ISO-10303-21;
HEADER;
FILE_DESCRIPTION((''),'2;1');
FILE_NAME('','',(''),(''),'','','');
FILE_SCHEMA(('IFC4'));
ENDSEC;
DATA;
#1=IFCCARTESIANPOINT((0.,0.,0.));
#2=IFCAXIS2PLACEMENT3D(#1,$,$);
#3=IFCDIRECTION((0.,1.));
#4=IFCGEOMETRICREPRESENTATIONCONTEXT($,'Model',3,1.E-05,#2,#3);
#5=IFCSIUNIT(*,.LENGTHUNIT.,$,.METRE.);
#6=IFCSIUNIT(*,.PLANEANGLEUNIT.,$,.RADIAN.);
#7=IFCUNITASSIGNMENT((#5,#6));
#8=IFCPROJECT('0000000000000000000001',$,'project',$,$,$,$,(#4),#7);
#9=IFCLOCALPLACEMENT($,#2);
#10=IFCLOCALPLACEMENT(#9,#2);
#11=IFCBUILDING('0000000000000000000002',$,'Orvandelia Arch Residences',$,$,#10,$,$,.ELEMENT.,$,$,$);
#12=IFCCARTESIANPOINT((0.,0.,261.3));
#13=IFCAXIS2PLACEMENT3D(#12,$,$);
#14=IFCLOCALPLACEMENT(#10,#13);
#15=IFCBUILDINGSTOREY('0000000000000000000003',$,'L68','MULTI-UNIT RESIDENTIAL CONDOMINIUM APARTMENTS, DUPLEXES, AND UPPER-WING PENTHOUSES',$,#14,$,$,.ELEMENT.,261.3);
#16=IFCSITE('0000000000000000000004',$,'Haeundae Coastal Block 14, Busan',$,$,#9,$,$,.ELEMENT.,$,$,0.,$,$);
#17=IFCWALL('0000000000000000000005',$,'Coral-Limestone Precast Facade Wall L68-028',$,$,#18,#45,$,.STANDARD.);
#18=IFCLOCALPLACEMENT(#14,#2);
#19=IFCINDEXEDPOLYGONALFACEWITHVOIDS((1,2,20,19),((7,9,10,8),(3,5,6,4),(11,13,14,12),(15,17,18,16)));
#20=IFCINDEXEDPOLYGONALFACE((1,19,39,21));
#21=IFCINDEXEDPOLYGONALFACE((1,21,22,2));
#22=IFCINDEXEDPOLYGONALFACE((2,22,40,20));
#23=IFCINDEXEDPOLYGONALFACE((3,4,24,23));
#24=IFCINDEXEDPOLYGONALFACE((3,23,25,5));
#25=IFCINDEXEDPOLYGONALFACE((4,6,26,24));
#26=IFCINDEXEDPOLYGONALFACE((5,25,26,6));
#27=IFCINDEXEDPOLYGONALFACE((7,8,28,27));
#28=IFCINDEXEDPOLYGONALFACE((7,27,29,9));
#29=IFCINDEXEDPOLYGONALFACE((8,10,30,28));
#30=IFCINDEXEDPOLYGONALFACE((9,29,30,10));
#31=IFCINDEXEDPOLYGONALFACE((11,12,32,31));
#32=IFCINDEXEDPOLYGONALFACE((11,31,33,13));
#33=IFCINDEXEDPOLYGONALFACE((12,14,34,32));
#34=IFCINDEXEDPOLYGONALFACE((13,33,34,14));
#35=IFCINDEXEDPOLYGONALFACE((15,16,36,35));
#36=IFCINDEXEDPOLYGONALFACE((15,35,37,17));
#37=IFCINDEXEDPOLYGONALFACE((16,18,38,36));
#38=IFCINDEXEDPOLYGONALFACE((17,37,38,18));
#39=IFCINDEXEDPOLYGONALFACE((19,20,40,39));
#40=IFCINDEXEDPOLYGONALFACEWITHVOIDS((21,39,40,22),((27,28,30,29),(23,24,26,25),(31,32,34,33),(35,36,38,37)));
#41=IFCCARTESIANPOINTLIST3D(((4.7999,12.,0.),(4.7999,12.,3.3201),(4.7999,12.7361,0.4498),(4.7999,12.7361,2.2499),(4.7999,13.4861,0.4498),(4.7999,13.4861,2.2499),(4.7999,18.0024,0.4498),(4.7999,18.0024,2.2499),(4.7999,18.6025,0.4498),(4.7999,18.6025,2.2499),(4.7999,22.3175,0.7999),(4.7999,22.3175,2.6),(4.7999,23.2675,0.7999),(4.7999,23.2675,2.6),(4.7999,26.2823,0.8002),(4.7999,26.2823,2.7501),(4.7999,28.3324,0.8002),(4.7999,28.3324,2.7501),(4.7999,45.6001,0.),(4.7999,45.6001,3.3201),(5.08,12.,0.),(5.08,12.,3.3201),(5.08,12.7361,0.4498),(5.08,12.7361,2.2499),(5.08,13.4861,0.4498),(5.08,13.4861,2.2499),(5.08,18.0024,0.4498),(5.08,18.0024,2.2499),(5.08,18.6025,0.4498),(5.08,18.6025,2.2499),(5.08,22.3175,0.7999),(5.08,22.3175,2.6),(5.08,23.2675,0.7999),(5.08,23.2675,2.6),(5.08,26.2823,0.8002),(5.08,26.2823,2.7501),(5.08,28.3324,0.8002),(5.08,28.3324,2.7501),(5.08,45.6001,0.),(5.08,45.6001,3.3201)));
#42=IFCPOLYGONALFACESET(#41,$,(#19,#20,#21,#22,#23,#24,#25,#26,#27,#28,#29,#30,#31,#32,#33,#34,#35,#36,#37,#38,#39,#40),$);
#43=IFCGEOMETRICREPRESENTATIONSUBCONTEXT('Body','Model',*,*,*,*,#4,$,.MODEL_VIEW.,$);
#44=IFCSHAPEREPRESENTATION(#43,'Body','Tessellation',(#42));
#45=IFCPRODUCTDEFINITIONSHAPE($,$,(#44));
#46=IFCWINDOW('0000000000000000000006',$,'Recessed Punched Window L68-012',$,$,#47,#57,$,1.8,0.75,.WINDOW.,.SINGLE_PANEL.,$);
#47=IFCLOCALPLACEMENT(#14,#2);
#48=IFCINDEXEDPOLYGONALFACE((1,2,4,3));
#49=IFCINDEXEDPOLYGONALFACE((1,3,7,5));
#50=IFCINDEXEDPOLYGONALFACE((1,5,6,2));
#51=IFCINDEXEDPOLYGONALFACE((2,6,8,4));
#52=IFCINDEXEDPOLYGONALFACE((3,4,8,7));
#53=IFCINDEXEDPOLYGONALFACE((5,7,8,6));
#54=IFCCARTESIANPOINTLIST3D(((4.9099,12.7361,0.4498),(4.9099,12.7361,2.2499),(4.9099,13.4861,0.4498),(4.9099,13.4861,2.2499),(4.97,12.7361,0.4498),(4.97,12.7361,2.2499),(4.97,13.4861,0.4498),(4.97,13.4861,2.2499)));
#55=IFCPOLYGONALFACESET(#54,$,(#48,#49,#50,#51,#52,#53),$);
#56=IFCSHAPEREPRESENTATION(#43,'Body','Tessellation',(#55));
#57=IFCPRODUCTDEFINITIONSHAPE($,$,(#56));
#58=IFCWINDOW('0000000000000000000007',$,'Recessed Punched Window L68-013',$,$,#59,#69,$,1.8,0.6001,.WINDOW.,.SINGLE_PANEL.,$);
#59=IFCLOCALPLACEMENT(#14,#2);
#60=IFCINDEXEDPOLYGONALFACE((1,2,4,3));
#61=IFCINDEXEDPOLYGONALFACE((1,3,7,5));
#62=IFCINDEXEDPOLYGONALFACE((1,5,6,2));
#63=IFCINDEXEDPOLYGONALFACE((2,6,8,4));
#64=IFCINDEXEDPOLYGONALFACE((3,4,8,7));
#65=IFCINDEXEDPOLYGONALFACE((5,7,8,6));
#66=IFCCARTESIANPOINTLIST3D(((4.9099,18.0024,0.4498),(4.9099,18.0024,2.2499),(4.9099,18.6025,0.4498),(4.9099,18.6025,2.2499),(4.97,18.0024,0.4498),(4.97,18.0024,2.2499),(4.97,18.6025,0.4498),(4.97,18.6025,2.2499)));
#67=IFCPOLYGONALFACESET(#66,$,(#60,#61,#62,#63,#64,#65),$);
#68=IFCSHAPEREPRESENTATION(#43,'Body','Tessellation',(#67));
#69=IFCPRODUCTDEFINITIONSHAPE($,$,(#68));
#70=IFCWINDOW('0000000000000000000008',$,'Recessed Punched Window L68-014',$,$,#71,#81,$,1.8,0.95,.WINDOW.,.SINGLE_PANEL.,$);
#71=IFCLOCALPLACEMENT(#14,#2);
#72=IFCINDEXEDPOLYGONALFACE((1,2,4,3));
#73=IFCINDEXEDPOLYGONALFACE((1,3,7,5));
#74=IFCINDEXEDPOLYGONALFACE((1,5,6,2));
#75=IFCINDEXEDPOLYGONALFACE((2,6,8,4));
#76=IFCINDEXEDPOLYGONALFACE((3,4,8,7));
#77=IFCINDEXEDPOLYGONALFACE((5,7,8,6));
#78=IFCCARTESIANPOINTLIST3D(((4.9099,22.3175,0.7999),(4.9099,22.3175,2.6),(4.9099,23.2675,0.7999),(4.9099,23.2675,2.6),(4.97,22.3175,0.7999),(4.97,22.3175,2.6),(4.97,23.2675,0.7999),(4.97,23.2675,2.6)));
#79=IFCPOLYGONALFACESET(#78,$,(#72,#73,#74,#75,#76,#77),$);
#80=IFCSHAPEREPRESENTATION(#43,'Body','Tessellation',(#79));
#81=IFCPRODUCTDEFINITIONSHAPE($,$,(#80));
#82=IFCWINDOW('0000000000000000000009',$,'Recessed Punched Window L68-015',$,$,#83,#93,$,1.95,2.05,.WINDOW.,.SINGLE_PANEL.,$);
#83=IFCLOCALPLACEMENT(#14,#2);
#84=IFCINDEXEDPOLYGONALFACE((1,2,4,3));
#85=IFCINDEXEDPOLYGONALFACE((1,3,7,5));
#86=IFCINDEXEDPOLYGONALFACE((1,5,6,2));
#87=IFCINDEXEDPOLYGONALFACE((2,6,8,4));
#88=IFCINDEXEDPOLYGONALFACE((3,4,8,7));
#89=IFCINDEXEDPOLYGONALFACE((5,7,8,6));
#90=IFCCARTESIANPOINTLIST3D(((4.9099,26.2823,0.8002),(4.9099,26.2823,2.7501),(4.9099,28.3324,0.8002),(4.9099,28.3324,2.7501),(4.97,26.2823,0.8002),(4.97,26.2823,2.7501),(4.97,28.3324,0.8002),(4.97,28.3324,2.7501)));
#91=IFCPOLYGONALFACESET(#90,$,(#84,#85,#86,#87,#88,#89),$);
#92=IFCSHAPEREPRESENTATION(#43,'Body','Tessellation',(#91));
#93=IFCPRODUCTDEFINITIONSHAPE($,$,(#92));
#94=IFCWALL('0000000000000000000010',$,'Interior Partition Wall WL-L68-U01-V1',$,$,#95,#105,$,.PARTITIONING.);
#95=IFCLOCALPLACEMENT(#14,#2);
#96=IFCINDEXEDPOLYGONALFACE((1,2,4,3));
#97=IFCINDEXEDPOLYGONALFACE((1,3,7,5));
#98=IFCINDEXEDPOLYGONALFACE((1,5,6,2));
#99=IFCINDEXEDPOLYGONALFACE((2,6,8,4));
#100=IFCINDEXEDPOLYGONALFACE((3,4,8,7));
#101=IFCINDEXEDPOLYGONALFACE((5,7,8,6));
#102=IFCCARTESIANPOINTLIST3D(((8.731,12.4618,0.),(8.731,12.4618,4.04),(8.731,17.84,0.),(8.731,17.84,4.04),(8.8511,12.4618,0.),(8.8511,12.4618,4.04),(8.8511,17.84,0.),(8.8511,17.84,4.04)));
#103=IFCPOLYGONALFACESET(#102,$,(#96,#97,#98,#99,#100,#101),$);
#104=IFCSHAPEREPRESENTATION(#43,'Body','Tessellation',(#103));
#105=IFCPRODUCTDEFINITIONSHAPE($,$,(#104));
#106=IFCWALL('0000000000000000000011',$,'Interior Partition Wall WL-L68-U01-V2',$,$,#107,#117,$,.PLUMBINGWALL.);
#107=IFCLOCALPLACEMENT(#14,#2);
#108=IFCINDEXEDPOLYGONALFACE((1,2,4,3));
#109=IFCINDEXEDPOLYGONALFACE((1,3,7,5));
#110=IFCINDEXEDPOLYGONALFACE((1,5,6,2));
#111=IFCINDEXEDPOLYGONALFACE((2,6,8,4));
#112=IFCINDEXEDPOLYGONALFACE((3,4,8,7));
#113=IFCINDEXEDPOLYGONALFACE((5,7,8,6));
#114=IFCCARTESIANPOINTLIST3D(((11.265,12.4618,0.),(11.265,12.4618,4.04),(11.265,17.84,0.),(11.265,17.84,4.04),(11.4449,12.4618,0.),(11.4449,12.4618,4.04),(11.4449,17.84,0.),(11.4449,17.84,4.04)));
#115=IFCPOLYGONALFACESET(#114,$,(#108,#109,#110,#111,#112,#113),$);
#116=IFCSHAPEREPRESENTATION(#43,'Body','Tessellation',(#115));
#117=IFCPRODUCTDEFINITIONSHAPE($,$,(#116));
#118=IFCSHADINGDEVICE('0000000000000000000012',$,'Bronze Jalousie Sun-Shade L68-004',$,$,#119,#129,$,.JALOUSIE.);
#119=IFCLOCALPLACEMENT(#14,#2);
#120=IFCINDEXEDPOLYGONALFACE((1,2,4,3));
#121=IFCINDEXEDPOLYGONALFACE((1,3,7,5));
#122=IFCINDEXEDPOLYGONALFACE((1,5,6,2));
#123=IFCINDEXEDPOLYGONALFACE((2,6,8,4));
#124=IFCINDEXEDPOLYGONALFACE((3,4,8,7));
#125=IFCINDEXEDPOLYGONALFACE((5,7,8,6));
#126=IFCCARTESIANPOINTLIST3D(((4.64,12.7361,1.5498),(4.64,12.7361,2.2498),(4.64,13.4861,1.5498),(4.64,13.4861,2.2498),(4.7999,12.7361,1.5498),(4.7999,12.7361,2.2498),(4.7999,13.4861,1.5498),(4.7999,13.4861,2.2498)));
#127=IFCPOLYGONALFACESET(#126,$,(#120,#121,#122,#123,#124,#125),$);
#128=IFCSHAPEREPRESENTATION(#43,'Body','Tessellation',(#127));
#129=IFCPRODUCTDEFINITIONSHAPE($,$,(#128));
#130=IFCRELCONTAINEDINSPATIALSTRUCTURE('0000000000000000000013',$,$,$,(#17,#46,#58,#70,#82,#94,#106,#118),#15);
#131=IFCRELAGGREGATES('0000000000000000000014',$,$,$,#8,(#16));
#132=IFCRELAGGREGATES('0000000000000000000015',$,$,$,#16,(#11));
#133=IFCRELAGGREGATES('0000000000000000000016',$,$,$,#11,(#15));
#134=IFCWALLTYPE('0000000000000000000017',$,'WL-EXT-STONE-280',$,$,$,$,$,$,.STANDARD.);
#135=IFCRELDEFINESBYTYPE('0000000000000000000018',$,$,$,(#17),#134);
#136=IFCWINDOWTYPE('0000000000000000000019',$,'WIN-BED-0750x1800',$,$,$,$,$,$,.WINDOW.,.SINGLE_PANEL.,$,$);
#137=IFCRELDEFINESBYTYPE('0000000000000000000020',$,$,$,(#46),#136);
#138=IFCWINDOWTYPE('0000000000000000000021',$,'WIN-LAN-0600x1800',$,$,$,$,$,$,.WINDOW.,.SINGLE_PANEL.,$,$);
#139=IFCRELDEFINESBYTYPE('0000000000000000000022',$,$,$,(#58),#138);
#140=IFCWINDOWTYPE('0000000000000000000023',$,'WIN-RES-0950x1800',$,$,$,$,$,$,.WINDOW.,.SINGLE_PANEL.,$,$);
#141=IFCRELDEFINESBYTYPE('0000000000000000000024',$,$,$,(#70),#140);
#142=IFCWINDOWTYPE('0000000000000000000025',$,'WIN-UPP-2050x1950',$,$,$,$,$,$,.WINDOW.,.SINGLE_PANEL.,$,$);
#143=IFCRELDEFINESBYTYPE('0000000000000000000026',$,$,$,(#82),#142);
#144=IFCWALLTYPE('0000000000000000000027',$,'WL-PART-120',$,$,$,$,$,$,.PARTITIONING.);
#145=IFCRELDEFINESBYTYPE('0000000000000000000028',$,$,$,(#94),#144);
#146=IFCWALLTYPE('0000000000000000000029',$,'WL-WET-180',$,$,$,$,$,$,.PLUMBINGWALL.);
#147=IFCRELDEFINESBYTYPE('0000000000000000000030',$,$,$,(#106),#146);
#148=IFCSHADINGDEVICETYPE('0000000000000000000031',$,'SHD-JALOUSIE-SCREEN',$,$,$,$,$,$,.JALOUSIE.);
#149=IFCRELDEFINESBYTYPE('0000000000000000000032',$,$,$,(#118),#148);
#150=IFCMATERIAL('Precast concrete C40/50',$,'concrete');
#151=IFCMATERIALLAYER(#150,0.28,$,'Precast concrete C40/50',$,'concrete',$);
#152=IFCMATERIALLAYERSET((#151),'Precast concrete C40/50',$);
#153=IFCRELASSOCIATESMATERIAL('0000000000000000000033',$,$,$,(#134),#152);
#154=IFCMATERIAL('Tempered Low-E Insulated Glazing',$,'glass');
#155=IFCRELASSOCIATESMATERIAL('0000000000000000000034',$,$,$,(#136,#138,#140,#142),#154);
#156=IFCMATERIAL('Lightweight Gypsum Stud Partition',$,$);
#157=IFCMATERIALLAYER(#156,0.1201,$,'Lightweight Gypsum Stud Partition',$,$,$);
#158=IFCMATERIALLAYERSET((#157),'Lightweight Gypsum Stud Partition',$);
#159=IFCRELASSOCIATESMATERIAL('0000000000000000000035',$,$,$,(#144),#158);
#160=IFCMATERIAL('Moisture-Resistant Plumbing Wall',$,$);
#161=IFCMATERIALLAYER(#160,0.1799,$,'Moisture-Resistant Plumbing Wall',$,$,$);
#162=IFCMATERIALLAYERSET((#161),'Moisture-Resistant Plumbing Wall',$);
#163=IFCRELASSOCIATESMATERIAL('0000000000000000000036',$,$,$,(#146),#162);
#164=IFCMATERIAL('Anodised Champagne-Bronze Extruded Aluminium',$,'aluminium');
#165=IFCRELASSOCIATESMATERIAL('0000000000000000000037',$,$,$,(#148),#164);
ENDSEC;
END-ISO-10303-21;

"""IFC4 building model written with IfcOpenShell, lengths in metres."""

from ifc_helpers import new_model, si_unit, direction, frame, frame_2d, origin, origin_2d, place, context, subcontext, project, spatial, rectangle, extrude, material, layer, layer_set, type_object, element, fill, save


model = new_model("IFC4")

# Units and contexts
model_context = context("Model", 3, precision=1e-05, world=origin(), true_north=direction((0.0, 1.0)))
body_context = subcontext(model_context, "Body", "Model", "MODEL_VIEW")
ifc_project = project(units=[si_unit("LENGTHUNIT", "METRE"), si_unit("PLANEANGLEUNIT", "RADIAN")], contexts=[model_context])

# Site, building, storey
site_placement = place(None, origin())
site = spatial("IfcSite", under=ifc_project, at=site_placement, Name="Haeundae Coastal Block 14, Busan", CompositionType="ELEMENT", RefElevation=0.0)
building_placement = place(site_placement, origin())
building = spatial("IfcBuilding", under=site, at=building_placement, Name="Orvandelia Arch Residences", CompositionType="ELEMENT")
storey_placement = place(building_placement, frame((0.0, 0.0, 261.3)))
storey = spatial("IfcBuildingStorey", under=building, at=storey_placement, Name="L68", Description="MULTI-UNIT RESIDENTIAL CONDOMINIUM APARTMENTS, DUPLEXES, AND UPPER-WING PENTHOUSES", CompositionType="ELEMENT", Elevation=261.3)

# Shared definitions
ifc_material_1 = material(Name="Precast concrete C40/50", Category="concrete")
ifc_layer_1 = layer(ifc_material_1, 0.28, Name="Precast concrete C40/50", Category="concrete")
ifc_layer_set_1 = layer_set([ifc_layer_1], Name="Precast concrete C40/50")
wall_type_1 = type_object("IfcWallType", Name="WL-EXT-STONE-280", PredefinedType="STANDARD", material=ifc_layer_set_1)

# Wall, openings, windows
wall_1_placement = place(storey_placement, frame((4.9399, 12.0, 0.0), z_axis=(0.0, 0.0, 1.0), x_axis=(0.0, 1.0, 0.0)))
wall_1 = element("IfcWall", 1, at=wall_1_placement, inside=storey, type_object=wall_type_1, Name="Coral-Limestone Precast Facade Wall L68-028", PredefinedType="STANDARD", context=body_context, shape_type="SweptSolid", body=[
    extrude(rectangle(XDim=33.6001, YDim=0.28, at=frame_2d((16.8, 0.0))), origin(), (0.0, 0.0, 1.0), 3.3201),
])
opening_1_placement = place(wall_1_placement, frame((0.7361, 0.0, 0.45)))
opening_1 = element("IfcOpeningElement", 2, at=opening_1_placement, cuts=wall_1, PredefinedType="OPENING", context=body_context, shape_type="SweptSolid", body=[
    extrude(rectangle(XDim=0.75, YDim=1.8, at=frame_2d((0.375, 0.8999))), frame((0.0, 0.1499, 0.0), z_axis=(0.0, -1.0, 0.0), x_axis=(1.0, 0.0, 0.0)), (0.0, 0.0, 1.0), 0.3),
])
opening_2_placement = place(wall_1_placement, frame((6.0024, 0.0, 0.45)))
opening_2 = element("IfcOpeningElement", 3, at=opening_2_placement, cuts=wall_1, PredefinedType="OPENING", context=body_context, shape_type="SweptSolid", body=[
    extrude(rectangle(XDim=0.6001, YDim=1.8, at=frame_2d((0.3, 0.8999))), frame((0.0, 0.1499, 0.0), z_axis=(0.0, -1.0, 0.0), x_axis=(1.0, 0.0, 0.0)), (0.0, 0.0, 1.0), 0.3),
])
opening_3_placement = place(wall_1_placement, frame((10.3174, 0.0, 0.8)))
opening_3 = element("IfcOpeningElement", 4, at=opening_3_placement, cuts=wall_1, PredefinedType="OPENING", context=body_context, shape_type="SweptSolid", body=[
    extrude(rectangle(XDim=0.95, YDim=1.8, at=frame_2d((0.4751, 0.8999))), frame((0.0, 0.1499, 0.0), z_axis=(0.0, -1.0, 0.0), x_axis=(1.0, 0.0, 0.0)), (0.0, 0.0, 1.0), 0.3),
])
opening_4_placement = place(wall_1_placement, frame((14.2825, 0.0, 0.8)))
opening_4 = element("IfcOpeningElement", 5, at=opening_4_placement, cuts=wall_1, PredefinedType="OPENING", context=body_context, shape_type="SweptSolid", body=[
    extrude(rectangle(XDim=2.05, YDim=1.95, at=frame_2d((1.0249, 0.9751))), frame((0.0, 0.1499, 0.0), z_axis=(0.0, -1.0, 0.0), x_axis=(1.0, 0.0, 0.0)), (0.0, 0.0, 1.0), 0.3),
])
ifc_material_2 = material(Name="Tempered Low-E Insulated Glazing", Category="glass")
window_type_1 = type_object("IfcWindowType", Name="WIN-BED-0750x1800", PartitioningType="SINGLE_PANEL", PredefinedType="WINDOW", material=ifc_material_2)
window_1_placement = place(opening_1_placement, origin())
window_1 = element("IfcWindow", 6, at=window_1_placement, inside=storey, type_object=window_type_1, Name="Recessed Punched Window L68-012", OverallHeight=1.8, OverallWidth=0.75, PartitioningType="SINGLE_PANEL", PredefinedType="WINDOW", context=body_context, shape_type="SweptSolid", body=[
    extrude(rectangle(XDim=0.75, YDim=1.8, at=frame_2d((0.375, 0.8999))), frame((0.0, 0.03, 0.0), z_axis=(0.0, -1.0, 0.0), x_axis=(1.0, 0.0, 0.0)), (0.0, 0.0, 1.0), 0.0601),
])
fill(opening_1, window_1)
window_type_2 = type_object("IfcWindowType", Name="WIN-LAN-0600x1800", PartitioningType="SINGLE_PANEL", PredefinedType="WINDOW", material=ifc_material_2)
window_2_placement = place(opening_2_placement, origin())
window_2 = element("IfcWindow", 7, at=window_2_placement, inside=storey, type_object=window_type_2, Name="Recessed Punched Window L68-013", OverallHeight=1.8, OverallWidth=0.6001, PartitioningType="SINGLE_PANEL", PredefinedType="WINDOW", context=body_context, shape_type="SweptSolid", body=[
    extrude(rectangle(XDim=0.6001, YDim=1.8, at=frame_2d((0.3, 0.8999))), frame((0.0, 0.03, 0.0), z_axis=(0.0, -1.0, 0.0), x_axis=(1.0, 0.0, 0.0)), (0.0, 0.0, 1.0), 0.0601),
])
fill(opening_2, window_2)
window_type_3 = type_object("IfcWindowType", Name="WIN-RES-0950x1800", PartitioningType="SINGLE_PANEL", PredefinedType="WINDOW", material=ifc_material_2)
window_3_placement = place(opening_3_placement, origin())
window_3 = element("IfcWindow", 8, at=window_3_placement, inside=storey, type_object=window_type_3, Name="Recessed Punched Window L68-014", OverallHeight=1.8, OverallWidth=0.95, PartitioningType="SINGLE_PANEL", PredefinedType="WINDOW", context=body_context, shape_type="SweptSolid", body=[
    extrude(rectangle(XDim=0.95, YDim=1.8, at=frame_2d((0.4751, 0.8999))), frame((0.0, 0.03, 0.0), z_axis=(0.0, -1.0, 0.0), x_axis=(1.0, 0.0, 0.0)), (0.0, 0.0, 1.0), 0.0601),
])
fill(opening_3, window_3)
window_type_4 = type_object("IfcWindowType", Name="WIN-UPP-2050x1950", PartitioningType="SINGLE_PANEL", PredefinedType="WINDOW", material=ifc_material_2)
window_4_placement = place(opening_4_placement, origin())
window_4 = element("IfcWindow", 9, at=window_4_placement, inside=storey, type_object=window_type_4, Name="Recessed Punched Window L68-015", OverallHeight=1.95, OverallWidth=2.05, PartitioningType="SINGLE_PANEL", PredefinedType="WINDOW", context=body_context, shape_type="SweptSolid", body=[
    extrude(rectangle(XDim=2.05, YDim=1.95, at=frame_2d((1.0249, 0.9751))), frame((0.0, 0.03, 0.0), z_axis=(0.0, -1.0, 0.0), x_axis=(1.0, 0.0, 0.0)), (0.0, 0.0, 1.0), 0.0601),
])
fill(opening_4, window_4)

# Wall
ifc_material_3 = material(Name="Lightweight Gypsum Stud Partition")
ifc_layer_2 = layer(ifc_material_3, 0.1201, Name="Lightweight Gypsum Stud Partition")
ifc_layer_set_2 = layer_set([ifc_layer_2], Name="Lightweight Gypsum Stud Partition")
wall_type_2 = type_object("IfcWallType", Name="WL-PART-120", PredefinedType="PARTITIONING", material=ifc_layer_set_2)
wall_2_placement = place(storey_placement, frame((8.791, 12.4619, 0.0), z_axis=(0.0, 0.0, 1.0), x_axis=(0.0, 1.0, 0.0)))
element("IfcWall", 10, at=wall_2_placement, inside=storey, type_object=wall_type_2, Name="Interior Partition Wall WL-L68-U01-V1", PredefinedType="PARTITIONING", context=body_context, shape_type="SweptSolid", body=[
    extrude(rectangle(XDim=5.3782, YDim=0.1201, at=frame_2d((2.689, 0.0))), origin(), (0.0, 0.0, 1.0), 4.04),
])

# Shared definitions
ifc_material_4 = material(Name="Moisture-Resistant Plumbing Wall")
ifc_layer_3 = layer(ifc_material_4, 0.1799, Name="Moisture-Resistant Plumbing Wall")
ifc_layer_set_3 = layer_set([ifc_layer_3], Name="Moisture-Resistant Plumbing Wall")
wall_type_3 = type_object("IfcWallType", Name="WL-WET-180", PredefinedType="PLUMBINGWALL", material=ifc_layer_set_3)

# Wall
wall_3_placement = place(storey_placement, frame((11.355, 12.4619, 0.0), z_axis=(0.0, 0.0, 1.0), x_axis=(0.0, 1.0, 0.0)))
element("IfcWall", 11, at=wall_3_placement, inside=storey, type_object=wall_type_3, Name="Interior Partition Wall WL-L68-U01-V2", PredefinedType="PLUMBINGWALL", context=body_context, shape_type="SweptSolid", body=[
    extrude(rectangle(XDim=5.3782, YDim=0.1799, at=frame_2d((2.689, 0.0))), origin(), (0.0, 0.0, 1.0), 4.04),
])

# Shading device
ifc_material_5 = material(Name="Anodised Champagne-Bronze Extruded Aluminium", Category="aluminium")
shading_device_type = type_object("IfcShadingDeviceType", Name="SHD-JALOUSIE-SCREEN", PredefinedType="JALOUSIE", material=ifc_material_5)
shading_device_placement = place(storey_placement, frame((4.72, 13.1111, 1.5498), z_axis=(0.0, 0.0, 1.0), x_axis=(0.0, 1.0, 0.0)))
element("IfcShadingDevice", 12, at=shading_device_placement, inside=storey, type_object=shading_device_type, Name="Bronze Jalousie Sun-Shade L68-004", PredefinedType="JALOUSIE", context=body_context, shape_type="SweptSolid", body=[
    extrude(rectangle(XDim=0.75, YDim=0.1599, at=origin_2d()), origin(), (0.0, 0.0, 1.0), 0.7),
])

save(model, "model.ifc")
